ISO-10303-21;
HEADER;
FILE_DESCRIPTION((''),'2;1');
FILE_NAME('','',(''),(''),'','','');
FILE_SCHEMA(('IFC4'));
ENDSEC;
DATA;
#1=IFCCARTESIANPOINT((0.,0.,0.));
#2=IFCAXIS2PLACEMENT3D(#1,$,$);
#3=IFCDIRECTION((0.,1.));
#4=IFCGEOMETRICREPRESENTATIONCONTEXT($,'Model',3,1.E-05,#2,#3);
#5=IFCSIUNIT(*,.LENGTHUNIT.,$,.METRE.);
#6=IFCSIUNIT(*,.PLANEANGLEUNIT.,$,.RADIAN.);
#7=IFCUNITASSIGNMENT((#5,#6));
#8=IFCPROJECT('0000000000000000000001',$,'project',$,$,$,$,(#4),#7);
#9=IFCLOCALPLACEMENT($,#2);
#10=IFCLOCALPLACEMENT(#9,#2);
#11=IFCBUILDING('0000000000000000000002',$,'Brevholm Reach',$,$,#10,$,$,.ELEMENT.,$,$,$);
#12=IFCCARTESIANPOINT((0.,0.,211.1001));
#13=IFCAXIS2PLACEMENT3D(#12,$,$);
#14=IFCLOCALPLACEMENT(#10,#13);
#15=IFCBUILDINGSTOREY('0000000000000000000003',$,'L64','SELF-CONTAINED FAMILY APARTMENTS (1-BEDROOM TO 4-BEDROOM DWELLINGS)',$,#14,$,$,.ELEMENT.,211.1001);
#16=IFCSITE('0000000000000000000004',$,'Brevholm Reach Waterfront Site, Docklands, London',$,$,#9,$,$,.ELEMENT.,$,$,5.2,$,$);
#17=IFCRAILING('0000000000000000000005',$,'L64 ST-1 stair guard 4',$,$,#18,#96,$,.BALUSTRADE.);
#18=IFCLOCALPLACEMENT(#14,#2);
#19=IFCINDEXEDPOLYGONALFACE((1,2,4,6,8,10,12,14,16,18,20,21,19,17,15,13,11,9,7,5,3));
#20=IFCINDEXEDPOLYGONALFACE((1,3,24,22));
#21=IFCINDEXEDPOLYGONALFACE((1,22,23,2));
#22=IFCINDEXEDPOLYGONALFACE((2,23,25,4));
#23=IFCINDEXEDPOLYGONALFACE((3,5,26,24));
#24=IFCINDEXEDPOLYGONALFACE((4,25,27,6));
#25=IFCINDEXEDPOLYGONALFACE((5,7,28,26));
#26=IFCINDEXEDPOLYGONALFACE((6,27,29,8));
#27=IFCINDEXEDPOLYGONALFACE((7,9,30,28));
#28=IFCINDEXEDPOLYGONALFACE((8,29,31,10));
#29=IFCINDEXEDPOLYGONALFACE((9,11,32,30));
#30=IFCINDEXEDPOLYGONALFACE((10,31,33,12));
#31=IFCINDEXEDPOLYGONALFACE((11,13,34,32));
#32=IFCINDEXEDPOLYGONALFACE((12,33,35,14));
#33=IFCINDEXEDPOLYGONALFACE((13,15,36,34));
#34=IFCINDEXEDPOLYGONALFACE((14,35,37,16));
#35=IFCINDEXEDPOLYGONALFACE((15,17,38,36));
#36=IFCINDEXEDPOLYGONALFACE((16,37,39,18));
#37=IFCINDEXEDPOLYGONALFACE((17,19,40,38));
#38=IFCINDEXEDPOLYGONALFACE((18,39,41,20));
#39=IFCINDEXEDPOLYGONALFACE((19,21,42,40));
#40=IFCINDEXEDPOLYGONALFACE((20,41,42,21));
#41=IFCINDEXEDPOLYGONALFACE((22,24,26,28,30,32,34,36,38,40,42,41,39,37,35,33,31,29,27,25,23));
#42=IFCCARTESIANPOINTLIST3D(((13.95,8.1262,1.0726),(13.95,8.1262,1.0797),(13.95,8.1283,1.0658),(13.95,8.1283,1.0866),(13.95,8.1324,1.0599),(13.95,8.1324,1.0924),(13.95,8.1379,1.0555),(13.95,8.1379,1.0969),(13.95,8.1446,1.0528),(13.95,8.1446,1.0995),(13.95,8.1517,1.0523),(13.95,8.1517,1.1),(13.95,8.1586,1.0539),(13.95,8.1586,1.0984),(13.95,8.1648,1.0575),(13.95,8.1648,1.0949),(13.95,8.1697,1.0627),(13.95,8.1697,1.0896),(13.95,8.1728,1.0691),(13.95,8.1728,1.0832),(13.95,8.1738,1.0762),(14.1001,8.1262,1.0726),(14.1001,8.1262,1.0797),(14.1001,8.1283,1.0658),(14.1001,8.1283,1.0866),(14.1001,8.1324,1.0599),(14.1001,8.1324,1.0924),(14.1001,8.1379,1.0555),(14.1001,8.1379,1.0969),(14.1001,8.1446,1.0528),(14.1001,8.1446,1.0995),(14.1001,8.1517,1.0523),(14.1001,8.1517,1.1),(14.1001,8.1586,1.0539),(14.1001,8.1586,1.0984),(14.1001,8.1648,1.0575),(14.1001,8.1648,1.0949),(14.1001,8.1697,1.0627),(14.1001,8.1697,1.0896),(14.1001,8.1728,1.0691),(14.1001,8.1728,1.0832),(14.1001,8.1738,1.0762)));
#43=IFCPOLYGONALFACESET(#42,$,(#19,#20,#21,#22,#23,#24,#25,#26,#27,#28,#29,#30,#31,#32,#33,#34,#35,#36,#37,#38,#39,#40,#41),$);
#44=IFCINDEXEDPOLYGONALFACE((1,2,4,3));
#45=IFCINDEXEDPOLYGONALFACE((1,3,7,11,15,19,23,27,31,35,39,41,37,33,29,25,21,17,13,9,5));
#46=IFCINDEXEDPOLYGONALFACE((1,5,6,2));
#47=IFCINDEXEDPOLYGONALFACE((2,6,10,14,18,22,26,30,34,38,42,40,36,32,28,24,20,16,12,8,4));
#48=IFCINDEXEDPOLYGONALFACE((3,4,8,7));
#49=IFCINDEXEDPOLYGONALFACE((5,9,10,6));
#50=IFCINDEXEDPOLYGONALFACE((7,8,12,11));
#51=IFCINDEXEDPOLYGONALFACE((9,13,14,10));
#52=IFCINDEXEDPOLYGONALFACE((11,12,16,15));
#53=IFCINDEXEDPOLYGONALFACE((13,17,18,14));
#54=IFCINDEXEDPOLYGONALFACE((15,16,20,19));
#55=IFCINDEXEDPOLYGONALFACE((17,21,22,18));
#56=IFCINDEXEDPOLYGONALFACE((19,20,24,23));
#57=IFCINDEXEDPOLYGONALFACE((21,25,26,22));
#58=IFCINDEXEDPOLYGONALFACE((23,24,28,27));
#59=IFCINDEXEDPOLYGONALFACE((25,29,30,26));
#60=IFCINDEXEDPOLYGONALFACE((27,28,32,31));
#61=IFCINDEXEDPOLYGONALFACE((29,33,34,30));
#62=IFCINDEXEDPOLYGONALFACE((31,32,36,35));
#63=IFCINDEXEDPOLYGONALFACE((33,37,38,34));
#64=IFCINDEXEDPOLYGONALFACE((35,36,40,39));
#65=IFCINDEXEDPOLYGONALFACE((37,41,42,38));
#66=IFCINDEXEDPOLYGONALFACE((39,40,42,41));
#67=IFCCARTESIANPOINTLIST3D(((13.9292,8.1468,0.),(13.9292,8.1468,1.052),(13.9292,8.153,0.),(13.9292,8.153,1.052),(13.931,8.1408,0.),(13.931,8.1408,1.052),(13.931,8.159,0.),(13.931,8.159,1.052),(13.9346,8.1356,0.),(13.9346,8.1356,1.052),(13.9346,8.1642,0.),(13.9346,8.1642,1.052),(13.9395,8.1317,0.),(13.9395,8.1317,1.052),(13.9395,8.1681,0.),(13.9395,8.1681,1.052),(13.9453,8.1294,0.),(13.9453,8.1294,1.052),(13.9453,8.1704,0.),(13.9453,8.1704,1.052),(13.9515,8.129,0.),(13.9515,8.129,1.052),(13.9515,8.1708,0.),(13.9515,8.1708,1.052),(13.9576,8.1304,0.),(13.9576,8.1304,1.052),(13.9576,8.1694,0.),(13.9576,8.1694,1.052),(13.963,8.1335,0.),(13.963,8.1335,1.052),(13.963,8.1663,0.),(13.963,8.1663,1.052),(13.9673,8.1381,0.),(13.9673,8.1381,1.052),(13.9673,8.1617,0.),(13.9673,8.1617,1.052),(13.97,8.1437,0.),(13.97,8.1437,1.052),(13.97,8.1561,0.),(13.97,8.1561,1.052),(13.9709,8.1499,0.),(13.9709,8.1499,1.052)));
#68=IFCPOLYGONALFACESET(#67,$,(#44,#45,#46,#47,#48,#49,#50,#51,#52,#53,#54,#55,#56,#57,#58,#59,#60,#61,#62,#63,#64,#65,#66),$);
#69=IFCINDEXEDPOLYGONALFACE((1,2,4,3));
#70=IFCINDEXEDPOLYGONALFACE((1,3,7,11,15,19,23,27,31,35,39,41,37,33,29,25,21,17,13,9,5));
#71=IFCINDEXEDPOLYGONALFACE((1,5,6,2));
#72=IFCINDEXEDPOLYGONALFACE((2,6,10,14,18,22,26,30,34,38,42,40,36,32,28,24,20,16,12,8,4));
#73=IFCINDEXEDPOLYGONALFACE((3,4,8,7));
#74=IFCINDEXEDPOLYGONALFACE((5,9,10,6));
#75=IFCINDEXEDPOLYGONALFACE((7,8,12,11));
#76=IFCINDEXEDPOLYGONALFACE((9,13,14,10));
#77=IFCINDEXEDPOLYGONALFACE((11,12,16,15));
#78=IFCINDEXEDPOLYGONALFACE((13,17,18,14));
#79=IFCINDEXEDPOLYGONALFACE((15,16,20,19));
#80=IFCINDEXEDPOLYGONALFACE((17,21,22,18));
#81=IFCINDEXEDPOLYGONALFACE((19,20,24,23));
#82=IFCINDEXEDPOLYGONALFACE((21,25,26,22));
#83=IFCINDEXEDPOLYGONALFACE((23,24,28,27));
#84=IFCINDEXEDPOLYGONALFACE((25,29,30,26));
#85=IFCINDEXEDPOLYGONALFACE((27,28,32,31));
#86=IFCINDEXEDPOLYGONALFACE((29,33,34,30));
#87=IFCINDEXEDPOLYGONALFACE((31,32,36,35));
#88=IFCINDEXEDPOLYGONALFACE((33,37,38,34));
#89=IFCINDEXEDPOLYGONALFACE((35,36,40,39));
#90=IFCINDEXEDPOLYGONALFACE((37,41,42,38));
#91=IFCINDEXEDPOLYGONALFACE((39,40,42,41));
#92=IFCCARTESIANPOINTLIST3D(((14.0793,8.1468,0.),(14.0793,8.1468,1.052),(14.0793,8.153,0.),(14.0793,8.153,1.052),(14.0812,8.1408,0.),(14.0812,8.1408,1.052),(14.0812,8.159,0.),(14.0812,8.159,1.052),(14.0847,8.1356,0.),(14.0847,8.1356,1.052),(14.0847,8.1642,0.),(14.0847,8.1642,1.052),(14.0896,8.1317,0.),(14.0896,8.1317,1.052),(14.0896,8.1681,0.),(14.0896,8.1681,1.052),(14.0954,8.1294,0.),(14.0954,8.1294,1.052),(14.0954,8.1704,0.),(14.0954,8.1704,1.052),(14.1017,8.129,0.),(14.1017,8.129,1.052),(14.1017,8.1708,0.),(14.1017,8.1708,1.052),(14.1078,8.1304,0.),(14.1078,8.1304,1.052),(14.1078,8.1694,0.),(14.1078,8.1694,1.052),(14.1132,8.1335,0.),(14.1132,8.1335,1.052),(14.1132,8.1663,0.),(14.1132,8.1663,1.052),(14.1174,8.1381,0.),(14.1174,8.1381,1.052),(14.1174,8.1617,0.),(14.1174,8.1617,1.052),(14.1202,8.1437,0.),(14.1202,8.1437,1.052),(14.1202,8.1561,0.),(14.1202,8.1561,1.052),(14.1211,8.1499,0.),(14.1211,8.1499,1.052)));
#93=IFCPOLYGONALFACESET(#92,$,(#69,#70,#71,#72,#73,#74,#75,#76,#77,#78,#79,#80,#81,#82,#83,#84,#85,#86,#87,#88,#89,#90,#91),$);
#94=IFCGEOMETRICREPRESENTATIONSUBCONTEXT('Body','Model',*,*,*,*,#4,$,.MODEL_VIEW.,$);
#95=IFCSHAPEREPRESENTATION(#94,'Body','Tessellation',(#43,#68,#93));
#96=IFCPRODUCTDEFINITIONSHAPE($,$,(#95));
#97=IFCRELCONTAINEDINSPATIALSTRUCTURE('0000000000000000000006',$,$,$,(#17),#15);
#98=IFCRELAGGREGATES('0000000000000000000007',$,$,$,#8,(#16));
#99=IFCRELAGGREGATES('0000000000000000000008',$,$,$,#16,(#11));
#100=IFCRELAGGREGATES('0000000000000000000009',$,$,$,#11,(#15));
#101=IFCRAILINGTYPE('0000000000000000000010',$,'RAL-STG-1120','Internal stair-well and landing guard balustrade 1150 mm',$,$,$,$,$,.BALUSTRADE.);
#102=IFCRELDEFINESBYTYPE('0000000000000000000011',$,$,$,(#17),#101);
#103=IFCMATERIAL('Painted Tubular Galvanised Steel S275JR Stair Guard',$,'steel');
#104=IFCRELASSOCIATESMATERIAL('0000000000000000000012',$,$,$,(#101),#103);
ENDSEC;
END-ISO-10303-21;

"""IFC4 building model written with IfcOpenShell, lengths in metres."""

from ifc_helpers import new_model, si_unit, direction, frame, origin, origin_2d, place, context, subcontext, project, spatial, circle, extrude, material, type_object, element, save


model = new_model("IFC4")

# Units and contexts
model_context = context("Model", 3, precision=1e-05, world=origin(), true_north=direction((0.0, 1.0)))
body_context = subcontext(model_context, "Body", "Model", "MODEL_VIEW")
ifc_project = project(units=[si_unit("LENGTHUNIT", "METRE"), si_unit("PLANEANGLEUNIT", "RADIAN")], contexts=[model_context])

# Site, building, storey
site_placement = place(None, origin())
site = spatial("IfcSite", under=ifc_project, at=site_placement, Name="Brevholm Reach Waterfront Site, Docklands, London", CompositionType="ELEMENT", RefElevation=5.2)
building_placement = place(site_placement, origin())
building = spatial("IfcBuilding", under=site, at=building_placement, Name="Brevholm Reach", CompositionType="ELEMENT")
storey_placement = place(building_placement, frame((0.0, 0.0, 211.1001)))
storey = spatial("IfcBuildingStorey", under=building, at=storey_placement, Name="L64", Description="SELF-CONTAINED FAMILY APARTMENTS (1-BEDROOM TO 4-BEDROOM DWELLINGS)", CompositionType="ELEMENT", Elevation=211.1001)

# Railing
ifc_material_1 = material(Name="Painted Tubular Galvanised Steel S275JR Stair Guard", Category="steel")
railing_type = type_object("IfcRailingType", Name="RAL-STG-1120", Description="Internal stair-well and landing guard balustrade 1150 mm", PredefinedType="BALUSTRADE", material=ifc_material_1)
railing_1_placement = place(storey_placement, frame((13.95, 8.1499, 0.0)))
element("IfcRailing", 1, at=railing_1_placement, inside=storey, type_object=railing_type, Name="L64 ST-1 stair guard 4", PredefinedType="BALUSTRADE", context=body_context, shape_type="SweptSolid", body=[
    extrude(circle(Radius=0.0239, at=origin_2d()), frame((0.0, 0.0, 1.0762), z_axis=(1.0, 0.0, 0.0), x_axis=(0.0, 1.0, 0.0)), (0.0, 0.0, 1.0), 0.1501),
    extrude(circle(Radius=0.021, at=origin_2d()), origin(), (0.0, 0.0, 1.0), 1.052),
    extrude(circle(Radius=0.021, at=origin_2d()), frame((0.1501, 0.0, 0.0)), (0.0, 0.0, 1.0), 1.052),
])

save(model, "model.ifc")
